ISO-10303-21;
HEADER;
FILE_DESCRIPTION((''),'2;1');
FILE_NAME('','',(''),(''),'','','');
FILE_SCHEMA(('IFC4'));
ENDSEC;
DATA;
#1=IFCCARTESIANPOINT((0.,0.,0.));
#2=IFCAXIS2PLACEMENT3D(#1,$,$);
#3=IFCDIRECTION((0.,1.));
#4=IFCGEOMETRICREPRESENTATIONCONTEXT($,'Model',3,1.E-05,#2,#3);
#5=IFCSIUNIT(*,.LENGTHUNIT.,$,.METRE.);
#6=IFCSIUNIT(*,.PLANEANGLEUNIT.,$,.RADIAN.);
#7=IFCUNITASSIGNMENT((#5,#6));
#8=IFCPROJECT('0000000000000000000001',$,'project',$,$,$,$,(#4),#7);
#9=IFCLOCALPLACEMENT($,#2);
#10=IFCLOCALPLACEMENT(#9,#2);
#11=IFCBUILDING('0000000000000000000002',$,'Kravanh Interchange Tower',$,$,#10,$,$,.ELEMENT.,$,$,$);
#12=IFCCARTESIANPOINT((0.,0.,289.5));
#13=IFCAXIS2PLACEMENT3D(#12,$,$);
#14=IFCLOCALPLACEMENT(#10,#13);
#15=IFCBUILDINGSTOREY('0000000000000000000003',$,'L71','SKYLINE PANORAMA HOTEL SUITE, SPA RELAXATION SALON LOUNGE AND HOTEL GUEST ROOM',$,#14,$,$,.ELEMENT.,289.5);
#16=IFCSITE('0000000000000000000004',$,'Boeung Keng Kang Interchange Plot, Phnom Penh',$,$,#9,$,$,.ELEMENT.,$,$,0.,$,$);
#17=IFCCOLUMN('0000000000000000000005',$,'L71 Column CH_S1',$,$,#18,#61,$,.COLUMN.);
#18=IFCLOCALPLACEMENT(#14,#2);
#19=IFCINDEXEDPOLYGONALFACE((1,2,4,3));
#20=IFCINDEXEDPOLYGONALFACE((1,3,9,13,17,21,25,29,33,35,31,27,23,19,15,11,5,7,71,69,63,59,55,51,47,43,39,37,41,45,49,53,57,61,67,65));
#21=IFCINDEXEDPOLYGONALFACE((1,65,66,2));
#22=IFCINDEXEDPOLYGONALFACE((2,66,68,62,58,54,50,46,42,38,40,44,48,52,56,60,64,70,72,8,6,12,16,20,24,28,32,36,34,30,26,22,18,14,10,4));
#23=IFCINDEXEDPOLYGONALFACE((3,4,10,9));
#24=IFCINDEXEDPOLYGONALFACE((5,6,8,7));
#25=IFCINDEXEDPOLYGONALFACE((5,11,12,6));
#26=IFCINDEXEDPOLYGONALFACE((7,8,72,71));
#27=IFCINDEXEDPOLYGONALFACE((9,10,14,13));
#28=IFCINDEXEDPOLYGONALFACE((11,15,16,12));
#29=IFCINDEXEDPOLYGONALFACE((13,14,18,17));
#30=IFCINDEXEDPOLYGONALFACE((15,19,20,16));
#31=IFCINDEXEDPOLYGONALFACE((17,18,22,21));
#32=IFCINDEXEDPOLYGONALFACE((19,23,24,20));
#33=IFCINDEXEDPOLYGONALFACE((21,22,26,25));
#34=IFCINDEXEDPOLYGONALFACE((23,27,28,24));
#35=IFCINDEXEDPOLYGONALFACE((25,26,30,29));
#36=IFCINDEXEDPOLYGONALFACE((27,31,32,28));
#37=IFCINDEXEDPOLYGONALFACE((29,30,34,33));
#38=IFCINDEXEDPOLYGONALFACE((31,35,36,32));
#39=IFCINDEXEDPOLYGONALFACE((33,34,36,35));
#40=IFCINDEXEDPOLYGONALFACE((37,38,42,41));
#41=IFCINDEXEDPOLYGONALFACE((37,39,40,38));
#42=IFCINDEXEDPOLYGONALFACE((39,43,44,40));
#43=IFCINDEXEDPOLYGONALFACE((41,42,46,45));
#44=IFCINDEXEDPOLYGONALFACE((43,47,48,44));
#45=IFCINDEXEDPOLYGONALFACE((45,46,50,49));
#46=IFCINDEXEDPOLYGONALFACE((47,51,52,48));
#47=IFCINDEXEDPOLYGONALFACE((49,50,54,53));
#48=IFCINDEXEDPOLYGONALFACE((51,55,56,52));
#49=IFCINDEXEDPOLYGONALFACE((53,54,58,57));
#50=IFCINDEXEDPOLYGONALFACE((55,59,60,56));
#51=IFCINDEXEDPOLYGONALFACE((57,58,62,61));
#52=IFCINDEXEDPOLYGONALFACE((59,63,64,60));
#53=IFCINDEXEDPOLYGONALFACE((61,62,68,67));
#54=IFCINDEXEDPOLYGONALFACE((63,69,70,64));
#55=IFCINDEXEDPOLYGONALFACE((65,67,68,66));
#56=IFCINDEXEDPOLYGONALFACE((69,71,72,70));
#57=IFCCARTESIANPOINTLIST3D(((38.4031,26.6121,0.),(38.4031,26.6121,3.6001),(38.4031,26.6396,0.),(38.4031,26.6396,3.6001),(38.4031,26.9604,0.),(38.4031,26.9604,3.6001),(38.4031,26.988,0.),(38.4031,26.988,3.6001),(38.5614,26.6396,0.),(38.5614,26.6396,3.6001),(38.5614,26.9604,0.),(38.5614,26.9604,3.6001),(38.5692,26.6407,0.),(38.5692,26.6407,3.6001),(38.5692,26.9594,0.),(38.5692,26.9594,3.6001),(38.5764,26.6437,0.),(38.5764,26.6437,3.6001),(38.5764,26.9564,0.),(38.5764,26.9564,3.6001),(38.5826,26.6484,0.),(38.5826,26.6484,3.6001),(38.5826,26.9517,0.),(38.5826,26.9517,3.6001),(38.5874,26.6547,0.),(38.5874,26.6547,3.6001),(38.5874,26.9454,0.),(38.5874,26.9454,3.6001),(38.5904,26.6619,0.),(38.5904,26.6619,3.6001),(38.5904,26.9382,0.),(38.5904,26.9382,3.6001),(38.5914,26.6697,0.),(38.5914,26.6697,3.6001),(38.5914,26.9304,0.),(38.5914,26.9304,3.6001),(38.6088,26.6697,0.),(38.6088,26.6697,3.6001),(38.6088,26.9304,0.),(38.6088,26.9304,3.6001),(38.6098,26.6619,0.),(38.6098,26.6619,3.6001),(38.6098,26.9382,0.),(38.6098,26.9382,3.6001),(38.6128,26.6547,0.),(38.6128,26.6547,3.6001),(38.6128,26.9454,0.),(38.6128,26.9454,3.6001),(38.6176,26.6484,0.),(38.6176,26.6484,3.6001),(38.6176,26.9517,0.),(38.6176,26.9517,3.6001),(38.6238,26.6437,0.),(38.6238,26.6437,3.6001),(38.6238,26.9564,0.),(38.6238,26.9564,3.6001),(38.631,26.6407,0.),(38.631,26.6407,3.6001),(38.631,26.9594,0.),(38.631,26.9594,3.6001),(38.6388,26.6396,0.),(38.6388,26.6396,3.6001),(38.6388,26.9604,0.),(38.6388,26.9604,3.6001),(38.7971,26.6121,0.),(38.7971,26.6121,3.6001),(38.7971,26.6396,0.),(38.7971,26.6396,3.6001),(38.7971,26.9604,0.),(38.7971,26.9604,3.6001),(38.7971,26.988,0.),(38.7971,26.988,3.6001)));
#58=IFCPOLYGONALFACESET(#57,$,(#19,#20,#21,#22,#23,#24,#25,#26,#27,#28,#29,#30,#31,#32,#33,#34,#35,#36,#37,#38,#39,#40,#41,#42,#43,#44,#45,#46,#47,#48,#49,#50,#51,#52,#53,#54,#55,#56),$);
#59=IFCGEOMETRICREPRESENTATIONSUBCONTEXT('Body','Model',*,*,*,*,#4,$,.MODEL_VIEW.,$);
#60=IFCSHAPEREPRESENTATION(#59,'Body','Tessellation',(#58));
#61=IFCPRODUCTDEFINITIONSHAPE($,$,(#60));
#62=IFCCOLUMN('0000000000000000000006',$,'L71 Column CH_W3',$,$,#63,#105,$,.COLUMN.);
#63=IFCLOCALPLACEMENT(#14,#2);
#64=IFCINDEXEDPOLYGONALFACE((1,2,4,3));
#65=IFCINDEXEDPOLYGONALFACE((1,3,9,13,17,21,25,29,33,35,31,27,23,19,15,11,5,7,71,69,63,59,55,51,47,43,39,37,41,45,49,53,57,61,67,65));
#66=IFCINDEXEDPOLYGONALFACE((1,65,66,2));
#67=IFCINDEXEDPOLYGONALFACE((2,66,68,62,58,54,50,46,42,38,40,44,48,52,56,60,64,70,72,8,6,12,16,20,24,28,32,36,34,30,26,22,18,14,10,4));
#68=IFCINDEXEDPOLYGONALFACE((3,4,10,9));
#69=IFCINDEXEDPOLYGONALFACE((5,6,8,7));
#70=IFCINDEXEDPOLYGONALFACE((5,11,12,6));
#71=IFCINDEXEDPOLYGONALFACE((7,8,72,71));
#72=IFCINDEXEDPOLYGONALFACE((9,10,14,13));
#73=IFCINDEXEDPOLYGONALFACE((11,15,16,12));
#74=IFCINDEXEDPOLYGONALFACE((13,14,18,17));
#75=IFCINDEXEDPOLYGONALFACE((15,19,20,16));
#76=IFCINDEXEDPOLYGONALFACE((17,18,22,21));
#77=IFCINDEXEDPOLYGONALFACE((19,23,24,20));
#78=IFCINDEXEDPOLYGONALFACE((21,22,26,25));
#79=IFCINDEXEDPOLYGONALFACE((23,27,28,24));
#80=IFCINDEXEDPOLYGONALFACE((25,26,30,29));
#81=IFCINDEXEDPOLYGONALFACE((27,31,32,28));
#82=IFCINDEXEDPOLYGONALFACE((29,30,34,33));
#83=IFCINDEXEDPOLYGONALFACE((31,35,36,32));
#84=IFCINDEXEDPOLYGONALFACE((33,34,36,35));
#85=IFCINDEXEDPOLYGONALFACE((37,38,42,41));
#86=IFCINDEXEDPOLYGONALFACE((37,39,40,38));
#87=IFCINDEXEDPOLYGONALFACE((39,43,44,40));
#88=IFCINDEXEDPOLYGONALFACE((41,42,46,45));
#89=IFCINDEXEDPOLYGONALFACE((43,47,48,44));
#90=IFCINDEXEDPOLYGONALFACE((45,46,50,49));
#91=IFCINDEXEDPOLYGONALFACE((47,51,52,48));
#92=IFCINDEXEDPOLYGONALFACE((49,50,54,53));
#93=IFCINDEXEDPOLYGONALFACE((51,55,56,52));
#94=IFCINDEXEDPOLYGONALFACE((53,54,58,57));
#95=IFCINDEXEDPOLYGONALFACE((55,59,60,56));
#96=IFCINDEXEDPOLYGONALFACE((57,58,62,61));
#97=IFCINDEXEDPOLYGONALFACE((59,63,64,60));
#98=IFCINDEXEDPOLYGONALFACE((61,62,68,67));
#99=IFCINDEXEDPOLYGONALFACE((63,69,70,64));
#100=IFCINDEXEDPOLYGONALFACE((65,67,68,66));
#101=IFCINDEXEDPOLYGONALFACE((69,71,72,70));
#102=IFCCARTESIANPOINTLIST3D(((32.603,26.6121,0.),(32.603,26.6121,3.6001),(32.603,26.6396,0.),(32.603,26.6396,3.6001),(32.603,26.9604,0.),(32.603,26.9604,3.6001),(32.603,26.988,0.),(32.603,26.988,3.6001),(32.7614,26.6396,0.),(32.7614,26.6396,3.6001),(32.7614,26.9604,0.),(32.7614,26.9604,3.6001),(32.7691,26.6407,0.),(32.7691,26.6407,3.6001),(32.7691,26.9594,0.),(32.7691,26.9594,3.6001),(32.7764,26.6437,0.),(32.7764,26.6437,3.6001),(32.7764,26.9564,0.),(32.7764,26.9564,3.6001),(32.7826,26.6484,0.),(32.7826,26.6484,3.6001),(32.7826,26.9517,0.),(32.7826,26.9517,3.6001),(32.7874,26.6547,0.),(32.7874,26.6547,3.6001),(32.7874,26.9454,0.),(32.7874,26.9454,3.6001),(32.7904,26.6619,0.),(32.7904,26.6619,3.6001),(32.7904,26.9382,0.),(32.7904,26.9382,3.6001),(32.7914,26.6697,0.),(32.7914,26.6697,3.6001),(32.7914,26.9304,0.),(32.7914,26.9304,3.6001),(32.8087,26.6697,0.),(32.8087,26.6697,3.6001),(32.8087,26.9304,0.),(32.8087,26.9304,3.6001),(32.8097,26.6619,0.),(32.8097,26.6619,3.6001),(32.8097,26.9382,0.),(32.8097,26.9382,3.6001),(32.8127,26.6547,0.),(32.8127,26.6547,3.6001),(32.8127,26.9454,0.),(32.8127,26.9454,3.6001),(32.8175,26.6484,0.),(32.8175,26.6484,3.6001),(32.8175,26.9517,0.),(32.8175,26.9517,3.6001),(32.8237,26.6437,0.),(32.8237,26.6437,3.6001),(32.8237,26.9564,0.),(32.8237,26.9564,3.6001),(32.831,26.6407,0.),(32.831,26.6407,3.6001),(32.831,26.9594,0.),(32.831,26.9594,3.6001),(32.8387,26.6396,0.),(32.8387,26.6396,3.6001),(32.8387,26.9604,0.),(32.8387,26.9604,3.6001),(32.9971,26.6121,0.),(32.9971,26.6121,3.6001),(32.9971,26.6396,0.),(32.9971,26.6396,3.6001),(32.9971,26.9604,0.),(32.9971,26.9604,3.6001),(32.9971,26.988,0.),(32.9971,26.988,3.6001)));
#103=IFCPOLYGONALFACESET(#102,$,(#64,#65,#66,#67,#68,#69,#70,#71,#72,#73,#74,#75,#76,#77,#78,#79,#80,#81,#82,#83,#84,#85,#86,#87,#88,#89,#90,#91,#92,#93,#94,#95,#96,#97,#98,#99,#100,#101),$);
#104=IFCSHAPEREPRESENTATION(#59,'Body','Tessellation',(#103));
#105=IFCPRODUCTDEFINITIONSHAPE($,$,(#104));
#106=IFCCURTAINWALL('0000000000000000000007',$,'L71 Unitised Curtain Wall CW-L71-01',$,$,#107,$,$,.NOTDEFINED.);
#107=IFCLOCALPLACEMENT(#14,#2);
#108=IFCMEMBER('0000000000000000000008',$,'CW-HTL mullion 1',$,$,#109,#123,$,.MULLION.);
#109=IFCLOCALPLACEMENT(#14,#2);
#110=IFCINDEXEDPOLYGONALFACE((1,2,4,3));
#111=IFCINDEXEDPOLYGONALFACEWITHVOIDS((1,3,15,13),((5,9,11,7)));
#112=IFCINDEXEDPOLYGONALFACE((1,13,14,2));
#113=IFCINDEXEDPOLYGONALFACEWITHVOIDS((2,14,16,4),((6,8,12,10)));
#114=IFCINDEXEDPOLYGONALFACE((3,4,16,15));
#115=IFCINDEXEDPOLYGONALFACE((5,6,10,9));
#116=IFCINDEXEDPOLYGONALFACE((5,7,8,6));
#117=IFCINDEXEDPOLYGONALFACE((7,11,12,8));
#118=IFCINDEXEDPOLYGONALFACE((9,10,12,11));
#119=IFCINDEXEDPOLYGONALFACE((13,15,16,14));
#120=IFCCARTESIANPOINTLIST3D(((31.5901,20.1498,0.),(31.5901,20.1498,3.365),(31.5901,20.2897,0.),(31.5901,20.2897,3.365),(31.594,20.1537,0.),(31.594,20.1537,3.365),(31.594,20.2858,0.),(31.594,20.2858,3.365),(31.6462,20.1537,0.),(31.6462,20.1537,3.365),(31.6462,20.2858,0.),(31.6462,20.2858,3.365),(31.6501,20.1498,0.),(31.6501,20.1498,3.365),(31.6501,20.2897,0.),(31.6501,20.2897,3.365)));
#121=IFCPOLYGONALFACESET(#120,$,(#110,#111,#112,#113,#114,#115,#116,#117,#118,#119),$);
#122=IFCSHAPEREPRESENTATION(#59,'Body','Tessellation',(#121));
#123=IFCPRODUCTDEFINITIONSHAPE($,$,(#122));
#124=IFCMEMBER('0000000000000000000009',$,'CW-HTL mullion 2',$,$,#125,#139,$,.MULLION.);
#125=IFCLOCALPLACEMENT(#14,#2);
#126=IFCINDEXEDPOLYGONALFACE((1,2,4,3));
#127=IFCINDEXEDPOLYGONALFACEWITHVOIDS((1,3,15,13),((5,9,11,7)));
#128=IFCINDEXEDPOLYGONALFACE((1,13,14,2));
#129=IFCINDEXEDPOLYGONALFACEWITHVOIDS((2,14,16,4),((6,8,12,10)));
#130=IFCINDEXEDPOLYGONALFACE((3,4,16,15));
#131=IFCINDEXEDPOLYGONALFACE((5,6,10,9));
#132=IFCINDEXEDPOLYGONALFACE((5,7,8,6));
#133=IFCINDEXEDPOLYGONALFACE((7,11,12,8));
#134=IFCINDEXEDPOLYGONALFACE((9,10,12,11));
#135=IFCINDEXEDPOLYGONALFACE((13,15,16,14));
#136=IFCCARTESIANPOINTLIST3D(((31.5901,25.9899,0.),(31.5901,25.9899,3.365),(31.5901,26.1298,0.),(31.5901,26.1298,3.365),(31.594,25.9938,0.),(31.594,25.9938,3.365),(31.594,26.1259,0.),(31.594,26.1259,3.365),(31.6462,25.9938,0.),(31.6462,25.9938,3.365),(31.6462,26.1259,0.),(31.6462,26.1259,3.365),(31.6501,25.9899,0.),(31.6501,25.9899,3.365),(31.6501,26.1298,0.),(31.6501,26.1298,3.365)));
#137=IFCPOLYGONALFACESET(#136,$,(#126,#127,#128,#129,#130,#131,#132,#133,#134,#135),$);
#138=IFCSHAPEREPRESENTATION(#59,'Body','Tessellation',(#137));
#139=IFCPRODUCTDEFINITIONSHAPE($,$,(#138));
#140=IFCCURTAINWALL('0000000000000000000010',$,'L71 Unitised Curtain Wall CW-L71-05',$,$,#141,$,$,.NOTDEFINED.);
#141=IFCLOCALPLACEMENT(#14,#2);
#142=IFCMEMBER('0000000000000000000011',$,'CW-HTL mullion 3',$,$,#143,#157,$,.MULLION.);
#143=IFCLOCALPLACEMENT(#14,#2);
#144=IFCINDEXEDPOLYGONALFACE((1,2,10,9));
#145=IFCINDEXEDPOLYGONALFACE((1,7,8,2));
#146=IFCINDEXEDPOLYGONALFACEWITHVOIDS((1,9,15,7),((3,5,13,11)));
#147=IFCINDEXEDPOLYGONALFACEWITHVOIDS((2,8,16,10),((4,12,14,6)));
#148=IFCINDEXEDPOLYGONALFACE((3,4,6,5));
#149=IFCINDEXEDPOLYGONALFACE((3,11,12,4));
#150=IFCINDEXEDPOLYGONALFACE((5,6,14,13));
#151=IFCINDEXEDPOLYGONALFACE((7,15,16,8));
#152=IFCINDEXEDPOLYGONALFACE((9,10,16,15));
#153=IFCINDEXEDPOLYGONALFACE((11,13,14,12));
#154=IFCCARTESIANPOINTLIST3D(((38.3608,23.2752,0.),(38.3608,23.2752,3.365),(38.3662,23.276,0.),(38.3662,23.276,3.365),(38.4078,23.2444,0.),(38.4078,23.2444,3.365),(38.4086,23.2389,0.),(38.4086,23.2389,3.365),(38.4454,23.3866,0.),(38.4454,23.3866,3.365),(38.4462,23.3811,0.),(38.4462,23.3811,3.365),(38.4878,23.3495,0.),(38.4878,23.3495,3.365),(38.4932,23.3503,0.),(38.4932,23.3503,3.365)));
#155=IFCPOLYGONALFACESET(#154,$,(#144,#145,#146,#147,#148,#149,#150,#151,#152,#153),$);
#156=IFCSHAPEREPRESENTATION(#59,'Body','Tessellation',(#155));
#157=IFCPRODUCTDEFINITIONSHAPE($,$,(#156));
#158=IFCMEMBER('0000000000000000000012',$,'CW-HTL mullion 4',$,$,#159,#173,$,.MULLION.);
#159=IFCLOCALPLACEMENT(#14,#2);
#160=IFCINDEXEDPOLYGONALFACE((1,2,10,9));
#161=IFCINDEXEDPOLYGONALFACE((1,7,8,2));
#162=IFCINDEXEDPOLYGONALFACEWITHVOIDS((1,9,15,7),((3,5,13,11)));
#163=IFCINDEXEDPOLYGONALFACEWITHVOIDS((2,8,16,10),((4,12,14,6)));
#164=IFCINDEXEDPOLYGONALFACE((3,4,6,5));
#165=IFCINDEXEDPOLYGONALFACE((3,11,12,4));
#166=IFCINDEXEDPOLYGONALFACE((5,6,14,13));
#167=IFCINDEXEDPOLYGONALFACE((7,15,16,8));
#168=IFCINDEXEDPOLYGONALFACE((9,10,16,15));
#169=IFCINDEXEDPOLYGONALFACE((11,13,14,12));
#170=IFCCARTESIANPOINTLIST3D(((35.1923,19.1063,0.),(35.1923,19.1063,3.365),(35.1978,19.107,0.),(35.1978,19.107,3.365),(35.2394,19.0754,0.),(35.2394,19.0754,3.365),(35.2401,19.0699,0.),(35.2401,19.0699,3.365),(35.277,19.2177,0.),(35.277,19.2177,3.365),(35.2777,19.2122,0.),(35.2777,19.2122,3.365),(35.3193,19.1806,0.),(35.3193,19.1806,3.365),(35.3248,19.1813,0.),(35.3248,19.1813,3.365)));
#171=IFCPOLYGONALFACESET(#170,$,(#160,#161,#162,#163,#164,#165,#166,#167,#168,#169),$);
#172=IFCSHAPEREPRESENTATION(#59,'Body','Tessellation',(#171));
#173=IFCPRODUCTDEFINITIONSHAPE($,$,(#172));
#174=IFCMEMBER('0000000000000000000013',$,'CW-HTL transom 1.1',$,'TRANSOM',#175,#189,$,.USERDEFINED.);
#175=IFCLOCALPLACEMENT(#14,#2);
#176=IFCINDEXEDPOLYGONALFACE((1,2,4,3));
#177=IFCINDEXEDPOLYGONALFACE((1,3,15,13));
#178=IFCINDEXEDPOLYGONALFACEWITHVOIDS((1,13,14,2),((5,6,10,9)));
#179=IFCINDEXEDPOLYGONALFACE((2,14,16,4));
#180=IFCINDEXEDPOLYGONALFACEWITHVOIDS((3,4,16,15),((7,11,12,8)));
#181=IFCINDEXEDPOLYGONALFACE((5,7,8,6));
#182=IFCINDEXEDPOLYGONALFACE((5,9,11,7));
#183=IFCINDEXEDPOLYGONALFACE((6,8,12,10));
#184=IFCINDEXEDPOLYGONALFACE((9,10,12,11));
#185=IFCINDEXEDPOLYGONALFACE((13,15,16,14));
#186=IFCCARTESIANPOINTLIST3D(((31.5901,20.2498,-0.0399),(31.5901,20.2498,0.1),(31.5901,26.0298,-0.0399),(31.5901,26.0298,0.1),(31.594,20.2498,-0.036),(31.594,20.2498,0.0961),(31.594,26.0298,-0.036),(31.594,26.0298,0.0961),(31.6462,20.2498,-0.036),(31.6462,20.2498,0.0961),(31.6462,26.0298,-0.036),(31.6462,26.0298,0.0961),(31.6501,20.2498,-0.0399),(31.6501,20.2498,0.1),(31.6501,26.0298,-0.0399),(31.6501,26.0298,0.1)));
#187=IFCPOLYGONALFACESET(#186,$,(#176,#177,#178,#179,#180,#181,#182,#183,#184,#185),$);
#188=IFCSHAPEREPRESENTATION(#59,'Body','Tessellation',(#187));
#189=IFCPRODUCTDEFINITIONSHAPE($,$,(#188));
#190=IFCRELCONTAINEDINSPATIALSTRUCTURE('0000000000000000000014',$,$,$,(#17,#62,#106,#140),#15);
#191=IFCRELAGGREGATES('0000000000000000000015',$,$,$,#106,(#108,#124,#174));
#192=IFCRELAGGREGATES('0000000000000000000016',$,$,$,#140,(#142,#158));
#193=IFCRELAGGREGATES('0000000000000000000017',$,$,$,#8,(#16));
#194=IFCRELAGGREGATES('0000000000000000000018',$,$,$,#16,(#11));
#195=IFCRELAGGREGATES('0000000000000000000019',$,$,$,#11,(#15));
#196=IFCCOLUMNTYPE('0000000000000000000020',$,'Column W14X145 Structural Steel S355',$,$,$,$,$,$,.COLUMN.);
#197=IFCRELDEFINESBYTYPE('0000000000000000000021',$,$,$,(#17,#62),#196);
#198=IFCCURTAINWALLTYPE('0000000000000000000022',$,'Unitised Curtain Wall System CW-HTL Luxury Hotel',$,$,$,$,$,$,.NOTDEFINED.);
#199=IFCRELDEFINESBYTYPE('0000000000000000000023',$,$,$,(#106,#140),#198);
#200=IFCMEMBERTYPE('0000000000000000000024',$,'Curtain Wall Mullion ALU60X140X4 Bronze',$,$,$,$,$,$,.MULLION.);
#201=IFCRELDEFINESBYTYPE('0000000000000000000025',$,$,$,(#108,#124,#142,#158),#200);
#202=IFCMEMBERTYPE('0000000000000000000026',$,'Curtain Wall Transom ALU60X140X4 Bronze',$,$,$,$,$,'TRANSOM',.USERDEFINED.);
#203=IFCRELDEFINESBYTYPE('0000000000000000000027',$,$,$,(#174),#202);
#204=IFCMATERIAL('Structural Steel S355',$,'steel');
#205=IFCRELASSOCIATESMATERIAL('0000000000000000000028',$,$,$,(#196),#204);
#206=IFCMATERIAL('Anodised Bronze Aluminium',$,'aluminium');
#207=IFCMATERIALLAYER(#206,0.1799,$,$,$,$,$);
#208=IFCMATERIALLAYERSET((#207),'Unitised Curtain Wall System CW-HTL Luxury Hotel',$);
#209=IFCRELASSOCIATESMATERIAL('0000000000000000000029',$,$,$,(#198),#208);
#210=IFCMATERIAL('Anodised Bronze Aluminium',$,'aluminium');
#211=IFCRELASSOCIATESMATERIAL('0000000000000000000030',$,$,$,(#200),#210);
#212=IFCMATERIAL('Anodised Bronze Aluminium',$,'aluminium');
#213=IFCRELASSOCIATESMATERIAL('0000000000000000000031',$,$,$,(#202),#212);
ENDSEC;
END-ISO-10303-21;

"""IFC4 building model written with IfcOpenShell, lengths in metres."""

from ifc_helpers import new_model, si_unit, direction, frame, origin, origin_2d, place, context, subcontext, project, spatial, hollow_rectangle, i_section, extrude, material, layer, layer_set, material_profile, profile_set, type_object, element, aggregate, save


model = new_model("IFC4")

# Units and contexts
model_context = context("Model", 3, precision=1e-05, world=origin(), true_north=direction((0.0, 1.0)))
body_context = subcontext(model_context, "Body", "Model", "MODEL_VIEW")
ifc_project = project(units=[si_unit("LENGTHUNIT", "METRE"), si_unit("PLANEANGLEUNIT", "RADIAN")], contexts=[model_context])

# Site, building, storey
site_placement = place(None, origin())
site = spatial("IfcSite", under=ifc_project, at=site_placement, Name="Boeung Keng Kang Interchange Plot, Phnom Penh", CompositionType="ELEMENT", RefElevation=0.0)
building_placement = place(site_placement, origin())
building = spatial("IfcBuilding", under=site, at=building_placement, Name="Kravanh Interchange Tower", CompositionType="ELEMENT")
storey_placement = place(building_placement, frame((0.0, 0.0, 289.5)))
storey = spatial("IfcBuildingStorey", under=building, at=storey_placement, Name="L71", Description="SKYLINE PANORAMA HOTEL SUITE, SPA RELAXATION SALON LOUNGE AND HOTEL GUEST ROOM", CompositionType="ELEMENT", Elevation=289.5)

# Columns
ifc_material_1 = material(Name="Structural Steel S355", Category="steel")
ifc_material_profile_1 = material_profile(ifc_material_1, i_section(OverallWidth=0.394, OverallDepth=0.376, WebThickness=0.0173, FlangeThickness=0.0276, FilletRadius=0.03, at=origin_2d()), Name="W14X145")
ifc_profile_set_1 = profile_set([ifc_material_profile_1], Name="Structural Steel S355")
column_type = type_object("IfcColumnType", Name="Column W14X145 Structural Steel S355", PredefinedType="COLUMN", material=ifc_profile_set_1)
for number, where, z_axis, x_axis, name in (
    (1, (38.6001, 26.8, 0.0), (0.0, 0.0, 1.0), (1.0, 0.0, 0.0), "L71 Column CH_S1"),
    (2, (32.8, 26.8, 0.0), (0.0, 0.0, 1.0), (1.0, 0.0, 0.0), "L71 Column CH_W3"),
):
    element("IfcColumn", number, at=place(storey_placement, frame(where, z_axis=z_axis, x_axis=x_axis)), inside=storey, type_object=column_type, Name=name, PredefinedType="COLUMN", context=body_context, shape_type="SweptSolid", body=[
        extrude(i_section(OverallWidth=0.394, OverallDepth=0.376, WebThickness=0.0173, FlangeThickness=0.0276, FilletRadius=0.03, at=origin_2d()), origin(), (0.0, 0.0, 1.0), 3.6001),
    ])

# Curtain walls, members
ifc_material_2 = material(Name="Anodised Bronze Aluminium", Category="aluminium")
ifc_layer_1 = layer(ifc_material_2, 0.1799)
ifc_layer_set_1 = layer_set([ifc_layer_1], Name="Unitised Curtain Wall System CW-HTL Luxury Hotel")
curtain_wall_type = type_object("IfcCurtainWallType", Name="Unitised Curtain Wall System CW-HTL Luxury Hotel", PredefinedType="NOTDEFINED", material=ifc_layer_set_1)
curtain_wall_1_placement = place(storey_placement, origin())
curtain_wall_1 = element("IfcCurtainWall", 3, at=curtain_wall_1_placement, inside=storey, type_object=curtain_wall_type, Name="L71 Unitised Curtain Wall CW-L71-01", PredefinedType="NOTDEFINED")
ifc_material_3 = material(Name="Anodised Bronze Aluminium", Category="aluminium")
ifc_material_profile_2 = material_profile(ifc_material_3, hollow_rectangle(XDim=0.0601, YDim=0.1399, WallThickness=0.0039, at=origin_2d()), Name="ALU60X140X4")
ifc_profile_set_2 = profile_set([ifc_material_profile_2], Name="Anodised Bronze Aluminium")
member_type_1 = type_object("IfcMemberType", Name="Curtain Wall Mullion ALU60X140X4 Bronze", PredefinedType="MULLION", material=ifc_profile_set_2)
member_1_placement = place(storey_placement, frame((31.6201, 20.2197, 0.0), z_axis=(0.0, 0.0, 1.0), x_axis=(-1.0, 0.0, 0.0)))
member_1 = element("IfcMember", 4, at=member_1_placement, type_object=member_type_1, Name="CW-HTL mullion 1", PredefinedType="MULLION", context=body_context, shape_type="SweptSolid", body=[
    extrude(hollow_rectangle(XDim=0.0601, YDim=0.1399, WallThickness=0.0039, at=origin_2d()), origin(), (0.0, 0.0, 1.0), 3.365),
])
member_2_placement = place(storey_placement, frame((31.6201, 26.0598, 0.0), z_axis=(0.0, 0.0, 1.0), x_axis=(-1.0, 0.0, 0.0)))
member_2 = element("IfcMember", 5, at=member_2_placement, type_object=member_type_1, Name="CW-HTL mullion 2", PredefinedType="MULLION", context=body_context, shape_type="SweptSolid", body=[
    extrude(hollow_rectangle(XDim=0.0601, YDim=0.1399, WallThickness=0.0039, at=origin_2d()), origin(), (0.0, 0.0, 1.0), 3.365),
])
curtain_wall_2_placement = place(storey_placement, origin())
curtain_wall_2 = element("IfcCurtainWall", 6, at=curtain_wall_2_placement, inside=storey, type_object=curtain_wall_type, Name="L71 Unitised Curtain Wall CW-L71-05", PredefinedType="NOTDEFINED")
member_3_placement = place(storey_placement, frame((38.427, 23.3127, 0.0), z_axis=(0.0, 0.0, 1.0), x_axis=(0.796162, -0.605083, 0.0)))
member_3 = element("IfcMember", 7, at=member_3_placement, type_object=member_type_1, Name="CW-HTL mullion 3", PredefinedType="MULLION", context=body_context, shape_type="SweptSolid", body=[
    extrude(hollow_rectangle(XDim=0.0601, YDim=0.1399, WallThickness=0.0039, at=origin_2d()), origin(), (0.0, 0.0, 1.0), 3.365),
])
member_4_placement = place(storey_placement, frame((35.2585, 19.1438, 0.0), z_axis=(0.0, 0.0, 1.0), x_axis=(0.796162, -0.605083, 0.0)))
member_4 = element("IfcMember", 8, at=member_4_placement, type_object=member_type_1, Name="CW-HTL mullion 4", PredefinedType="MULLION", context=body_context, shape_type="SweptSolid", body=[
    extrude(hollow_rectangle(XDim=0.0601, YDim=0.1399, WallThickness=0.0039, at=origin_2d()), origin(), (0.0, 0.0, 1.0), 3.365),
])

# Member
ifc_material_4 = material(Name="Anodised Bronze Aluminium", Category="aluminium")
ifc_material_profile_3 = material_profile(ifc_material_4, hollow_rectangle(XDim=0.0601, YDim=0.1399, WallThickness=0.0039, at=origin_2d()), Name="ALU60X140X4")
ifc_profile_set_3 = profile_set([ifc_material_profile_3], Name="Anodised Bronze Aluminium")
member_type_2 = type_object("IfcMemberType", Name="Curtain Wall Transom ALU60X140X4 Bronze", ElementType="TRANSOM", PredefinedType="USERDEFINED", material=ifc_profile_set_3)
member_5_placement = place(storey_placement, frame((31.6201, 20.2498, 0.03), z_axis=(0.0, 1.0, 0.0), x_axis=(-1.0, 0.0, 0.0)))
member_5 = element("IfcMember", 9, at=member_5_placement, type_object=member_type_2, Name="CW-HTL transom 1.1", ObjectType="TRANSOM", PredefinedType="USERDEFINED", context=body_context, shape_type="SweptSolid", body=[
    extrude(hollow_rectangle(XDim=0.0601, YDim=0.1399, WallThickness=0.0039, at=origin_2d()), origin(), (0.0, 0.0, 1.0), 5.78),
])

aggregate(curtain_wall_1, [member_1, member_2, member_5])
aggregate(curtain_wall_2, [member_3, member_4])

save(model, "model.ifc")
